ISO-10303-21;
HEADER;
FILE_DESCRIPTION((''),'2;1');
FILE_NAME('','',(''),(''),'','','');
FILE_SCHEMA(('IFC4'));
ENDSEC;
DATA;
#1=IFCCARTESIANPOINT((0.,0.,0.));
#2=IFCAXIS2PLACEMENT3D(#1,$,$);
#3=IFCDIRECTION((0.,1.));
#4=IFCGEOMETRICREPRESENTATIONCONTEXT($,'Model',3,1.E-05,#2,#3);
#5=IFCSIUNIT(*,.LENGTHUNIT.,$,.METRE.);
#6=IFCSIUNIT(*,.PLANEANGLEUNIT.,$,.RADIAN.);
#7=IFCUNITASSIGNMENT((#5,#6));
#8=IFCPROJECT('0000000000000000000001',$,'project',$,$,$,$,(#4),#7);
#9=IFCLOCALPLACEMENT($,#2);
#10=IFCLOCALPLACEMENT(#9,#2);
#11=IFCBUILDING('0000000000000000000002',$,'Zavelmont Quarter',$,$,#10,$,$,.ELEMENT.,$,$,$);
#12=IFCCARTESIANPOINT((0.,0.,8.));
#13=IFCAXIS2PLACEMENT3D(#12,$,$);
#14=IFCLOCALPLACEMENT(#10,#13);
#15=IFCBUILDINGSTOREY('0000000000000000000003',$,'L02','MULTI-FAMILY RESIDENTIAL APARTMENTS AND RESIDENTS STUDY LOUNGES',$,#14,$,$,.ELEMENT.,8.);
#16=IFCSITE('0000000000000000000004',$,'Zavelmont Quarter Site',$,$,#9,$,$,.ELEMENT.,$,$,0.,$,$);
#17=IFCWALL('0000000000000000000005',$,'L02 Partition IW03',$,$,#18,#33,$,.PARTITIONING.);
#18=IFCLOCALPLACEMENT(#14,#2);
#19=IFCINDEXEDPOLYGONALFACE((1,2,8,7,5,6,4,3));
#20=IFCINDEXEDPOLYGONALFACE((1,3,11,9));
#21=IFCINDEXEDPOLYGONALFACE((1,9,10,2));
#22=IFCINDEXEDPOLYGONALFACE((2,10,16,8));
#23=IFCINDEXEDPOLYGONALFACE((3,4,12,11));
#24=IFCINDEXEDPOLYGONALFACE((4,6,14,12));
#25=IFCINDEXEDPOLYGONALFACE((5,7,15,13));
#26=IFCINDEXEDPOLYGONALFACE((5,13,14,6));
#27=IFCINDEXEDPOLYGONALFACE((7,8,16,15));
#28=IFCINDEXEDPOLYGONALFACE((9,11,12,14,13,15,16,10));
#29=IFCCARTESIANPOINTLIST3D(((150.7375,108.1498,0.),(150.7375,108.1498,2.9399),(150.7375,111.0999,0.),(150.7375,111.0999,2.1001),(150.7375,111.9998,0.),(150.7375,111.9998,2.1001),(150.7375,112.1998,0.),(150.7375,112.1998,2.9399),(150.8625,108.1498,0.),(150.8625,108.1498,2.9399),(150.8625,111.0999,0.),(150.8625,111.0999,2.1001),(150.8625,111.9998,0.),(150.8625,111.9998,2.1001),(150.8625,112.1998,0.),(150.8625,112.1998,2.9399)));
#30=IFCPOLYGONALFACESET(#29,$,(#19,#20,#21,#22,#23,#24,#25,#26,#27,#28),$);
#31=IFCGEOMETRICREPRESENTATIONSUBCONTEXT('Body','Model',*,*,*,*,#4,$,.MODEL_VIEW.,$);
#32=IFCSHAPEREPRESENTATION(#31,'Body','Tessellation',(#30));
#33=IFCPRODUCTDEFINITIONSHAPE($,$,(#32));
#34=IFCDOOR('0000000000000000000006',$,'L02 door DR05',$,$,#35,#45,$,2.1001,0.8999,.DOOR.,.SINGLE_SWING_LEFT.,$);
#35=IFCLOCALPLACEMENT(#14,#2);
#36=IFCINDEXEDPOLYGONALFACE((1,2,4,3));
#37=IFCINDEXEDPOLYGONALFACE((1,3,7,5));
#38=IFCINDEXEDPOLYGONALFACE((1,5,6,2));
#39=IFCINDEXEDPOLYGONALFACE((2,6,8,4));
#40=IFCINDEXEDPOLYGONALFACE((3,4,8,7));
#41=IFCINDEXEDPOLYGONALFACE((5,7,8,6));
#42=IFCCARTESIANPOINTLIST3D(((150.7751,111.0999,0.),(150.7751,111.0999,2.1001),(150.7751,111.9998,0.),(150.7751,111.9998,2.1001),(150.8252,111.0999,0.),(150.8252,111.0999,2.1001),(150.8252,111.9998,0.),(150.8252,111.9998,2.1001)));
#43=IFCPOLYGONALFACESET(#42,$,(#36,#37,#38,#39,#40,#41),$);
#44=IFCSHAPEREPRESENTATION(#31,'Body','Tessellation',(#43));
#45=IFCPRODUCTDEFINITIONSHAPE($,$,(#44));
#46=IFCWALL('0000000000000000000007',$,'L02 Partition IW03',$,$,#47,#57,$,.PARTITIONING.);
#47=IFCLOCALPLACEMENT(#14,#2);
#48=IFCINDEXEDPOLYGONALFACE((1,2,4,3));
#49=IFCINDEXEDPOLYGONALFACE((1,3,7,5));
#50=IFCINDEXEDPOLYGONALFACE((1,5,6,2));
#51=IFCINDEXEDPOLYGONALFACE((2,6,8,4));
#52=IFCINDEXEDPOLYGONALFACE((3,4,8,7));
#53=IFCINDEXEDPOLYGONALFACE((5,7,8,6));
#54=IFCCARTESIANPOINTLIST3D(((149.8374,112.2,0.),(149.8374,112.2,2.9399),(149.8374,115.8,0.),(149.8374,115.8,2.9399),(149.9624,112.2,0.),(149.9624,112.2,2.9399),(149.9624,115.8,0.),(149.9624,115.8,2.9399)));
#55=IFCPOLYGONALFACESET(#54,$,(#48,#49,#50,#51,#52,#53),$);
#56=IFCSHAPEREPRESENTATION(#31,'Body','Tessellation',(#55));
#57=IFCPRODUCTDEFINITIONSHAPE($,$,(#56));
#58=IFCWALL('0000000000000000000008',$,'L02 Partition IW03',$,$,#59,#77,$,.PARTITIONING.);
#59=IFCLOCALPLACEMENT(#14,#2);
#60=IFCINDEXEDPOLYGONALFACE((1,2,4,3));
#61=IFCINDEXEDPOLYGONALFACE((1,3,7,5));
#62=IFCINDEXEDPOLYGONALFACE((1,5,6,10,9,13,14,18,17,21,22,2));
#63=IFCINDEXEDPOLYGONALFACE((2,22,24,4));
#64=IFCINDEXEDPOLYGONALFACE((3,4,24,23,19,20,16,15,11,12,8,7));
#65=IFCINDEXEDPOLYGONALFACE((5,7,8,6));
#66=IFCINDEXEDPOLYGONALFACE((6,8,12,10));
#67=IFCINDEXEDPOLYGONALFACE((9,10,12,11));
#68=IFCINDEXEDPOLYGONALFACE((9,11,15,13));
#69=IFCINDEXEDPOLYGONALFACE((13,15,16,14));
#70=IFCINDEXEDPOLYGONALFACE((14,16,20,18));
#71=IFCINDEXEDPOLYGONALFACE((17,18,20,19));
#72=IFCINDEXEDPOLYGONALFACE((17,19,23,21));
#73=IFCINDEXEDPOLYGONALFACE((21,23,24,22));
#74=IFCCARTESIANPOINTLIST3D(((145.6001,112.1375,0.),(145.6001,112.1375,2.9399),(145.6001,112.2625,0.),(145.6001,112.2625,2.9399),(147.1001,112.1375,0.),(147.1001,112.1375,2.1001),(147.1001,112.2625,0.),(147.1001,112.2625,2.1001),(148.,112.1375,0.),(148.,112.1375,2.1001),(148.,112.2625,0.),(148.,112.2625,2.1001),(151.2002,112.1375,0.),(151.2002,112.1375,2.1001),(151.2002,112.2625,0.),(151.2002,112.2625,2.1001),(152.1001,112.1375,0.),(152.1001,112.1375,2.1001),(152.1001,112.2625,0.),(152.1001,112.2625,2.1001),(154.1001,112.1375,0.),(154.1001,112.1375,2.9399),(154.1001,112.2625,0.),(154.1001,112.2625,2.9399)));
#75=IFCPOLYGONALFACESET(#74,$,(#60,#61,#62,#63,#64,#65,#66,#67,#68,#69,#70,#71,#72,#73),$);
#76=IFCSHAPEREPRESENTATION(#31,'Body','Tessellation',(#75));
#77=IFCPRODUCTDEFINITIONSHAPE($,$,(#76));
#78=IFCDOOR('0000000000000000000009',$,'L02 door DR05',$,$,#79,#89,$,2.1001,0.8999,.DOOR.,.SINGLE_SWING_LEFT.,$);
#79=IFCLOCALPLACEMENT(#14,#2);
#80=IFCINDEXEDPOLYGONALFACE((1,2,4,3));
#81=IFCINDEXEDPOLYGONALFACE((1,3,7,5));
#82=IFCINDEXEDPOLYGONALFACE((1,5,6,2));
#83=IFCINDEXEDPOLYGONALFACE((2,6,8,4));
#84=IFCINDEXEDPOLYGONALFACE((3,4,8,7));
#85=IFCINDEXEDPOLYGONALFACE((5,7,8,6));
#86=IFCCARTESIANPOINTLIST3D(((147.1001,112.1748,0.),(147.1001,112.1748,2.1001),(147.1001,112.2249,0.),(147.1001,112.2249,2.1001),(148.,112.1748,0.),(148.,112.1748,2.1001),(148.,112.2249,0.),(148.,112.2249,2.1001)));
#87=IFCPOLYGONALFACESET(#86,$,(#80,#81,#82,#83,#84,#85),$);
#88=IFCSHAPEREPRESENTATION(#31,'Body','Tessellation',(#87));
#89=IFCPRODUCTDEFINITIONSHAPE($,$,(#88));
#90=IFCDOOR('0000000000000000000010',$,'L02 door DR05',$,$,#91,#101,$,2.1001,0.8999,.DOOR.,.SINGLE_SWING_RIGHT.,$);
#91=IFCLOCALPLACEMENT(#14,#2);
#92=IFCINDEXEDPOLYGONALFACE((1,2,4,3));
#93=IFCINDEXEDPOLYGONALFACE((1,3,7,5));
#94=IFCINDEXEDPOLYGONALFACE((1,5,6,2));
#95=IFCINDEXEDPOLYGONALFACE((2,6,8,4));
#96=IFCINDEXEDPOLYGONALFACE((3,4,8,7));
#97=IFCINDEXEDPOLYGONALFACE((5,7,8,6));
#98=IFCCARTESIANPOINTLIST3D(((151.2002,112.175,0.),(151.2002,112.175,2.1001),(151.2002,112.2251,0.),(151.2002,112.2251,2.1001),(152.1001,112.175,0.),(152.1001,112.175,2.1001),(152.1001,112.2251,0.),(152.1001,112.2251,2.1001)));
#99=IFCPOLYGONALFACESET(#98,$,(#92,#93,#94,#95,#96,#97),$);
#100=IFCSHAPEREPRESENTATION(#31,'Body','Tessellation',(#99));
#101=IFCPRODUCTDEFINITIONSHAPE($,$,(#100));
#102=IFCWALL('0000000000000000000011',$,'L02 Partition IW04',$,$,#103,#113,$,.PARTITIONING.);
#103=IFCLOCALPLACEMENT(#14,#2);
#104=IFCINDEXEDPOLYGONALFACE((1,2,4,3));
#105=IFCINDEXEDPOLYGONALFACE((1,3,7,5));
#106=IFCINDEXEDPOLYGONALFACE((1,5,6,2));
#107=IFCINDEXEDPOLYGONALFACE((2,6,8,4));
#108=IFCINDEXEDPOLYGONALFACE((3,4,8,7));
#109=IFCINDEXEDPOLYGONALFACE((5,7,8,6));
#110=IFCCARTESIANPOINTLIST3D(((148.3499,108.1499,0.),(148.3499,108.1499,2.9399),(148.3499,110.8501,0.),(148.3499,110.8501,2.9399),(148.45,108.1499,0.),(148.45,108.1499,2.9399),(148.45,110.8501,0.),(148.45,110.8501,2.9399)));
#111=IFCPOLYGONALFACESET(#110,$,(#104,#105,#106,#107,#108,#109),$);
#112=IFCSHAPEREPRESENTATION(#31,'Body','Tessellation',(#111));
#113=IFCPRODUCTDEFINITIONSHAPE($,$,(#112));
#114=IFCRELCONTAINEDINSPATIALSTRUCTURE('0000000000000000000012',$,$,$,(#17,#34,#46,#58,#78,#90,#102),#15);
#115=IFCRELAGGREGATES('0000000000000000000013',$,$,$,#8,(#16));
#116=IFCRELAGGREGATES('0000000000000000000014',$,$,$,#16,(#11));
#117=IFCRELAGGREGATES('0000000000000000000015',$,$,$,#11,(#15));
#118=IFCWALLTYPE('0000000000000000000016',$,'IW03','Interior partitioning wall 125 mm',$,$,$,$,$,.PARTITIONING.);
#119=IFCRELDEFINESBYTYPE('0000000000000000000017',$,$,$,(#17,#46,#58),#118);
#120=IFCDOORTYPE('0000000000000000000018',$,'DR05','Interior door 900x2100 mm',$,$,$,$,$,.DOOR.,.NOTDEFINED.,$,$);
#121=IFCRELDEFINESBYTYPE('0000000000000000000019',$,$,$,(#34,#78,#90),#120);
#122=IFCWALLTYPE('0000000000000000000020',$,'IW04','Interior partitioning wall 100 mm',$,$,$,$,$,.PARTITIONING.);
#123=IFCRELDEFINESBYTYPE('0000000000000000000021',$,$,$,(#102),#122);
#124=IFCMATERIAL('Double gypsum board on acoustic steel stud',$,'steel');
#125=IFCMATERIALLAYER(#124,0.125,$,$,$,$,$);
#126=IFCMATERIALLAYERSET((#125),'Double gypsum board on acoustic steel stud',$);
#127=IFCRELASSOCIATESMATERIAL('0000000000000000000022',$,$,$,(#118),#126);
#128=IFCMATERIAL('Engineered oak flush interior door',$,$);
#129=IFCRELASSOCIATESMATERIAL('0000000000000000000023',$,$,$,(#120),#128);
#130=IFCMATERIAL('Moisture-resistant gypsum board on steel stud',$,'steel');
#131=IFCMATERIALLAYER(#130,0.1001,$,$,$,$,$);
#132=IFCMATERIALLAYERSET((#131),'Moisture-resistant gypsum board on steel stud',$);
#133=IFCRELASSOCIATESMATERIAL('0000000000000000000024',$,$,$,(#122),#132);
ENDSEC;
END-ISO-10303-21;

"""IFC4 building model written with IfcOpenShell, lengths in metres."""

from ifc_helpers import new_model, si_unit, direction, frame, frame_2d, origin, origin_with_axes, place, context, subcontext, project, spatial, rectangle, extrude, material, layer, layer_set, type_object, element, fill, save


model = new_model("IFC4")

# Units and contexts
model_context = context("Model", 3, precision=1e-05, world=origin(), true_north=direction((0.0, 1.0)))
body_context = subcontext(model_context, "Body", "Model", "MODEL_VIEW")
ifc_project = project(units=[si_unit("LENGTHUNIT", "METRE"), si_unit("PLANEANGLEUNIT", "RADIAN")], contexts=[model_context])

# Site, building, storey
site_placement = place(None, origin())
site = spatial("IfcSite", under=ifc_project, at=site_placement, Name="Zavelmont Quarter Site", CompositionType="ELEMENT", RefElevation=0.0)
building_placement = place(site_placement, origin())
building = spatial("IfcBuilding", under=site, at=building_placement, Name="Zavelmont Quarter", CompositionType="ELEMENT")
storey_placement = place(building_placement, frame((0.0, 0.0, 8.0)))
storey = spatial("IfcBuildingStorey", under=building, at=storey_placement, Name="L02", Description="MULTI-FAMILY RESIDENTIAL APARTMENTS AND RESIDENTS STUDY LOUNGES", CompositionType="ELEMENT", Elevation=8.0)

# Wall, opening, door
ifc_material_1 = material(Name="Double gypsum board on acoustic steel stud", Category="steel")
ifc_layer_1 = layer(ifc_material_1, 0.125)
ifc_layer_set_1 = layer_set([ifc_layer_1], Name="Double gypsum board on acoustic steel stud")
wall_type_1 = type_object("IfcWallType", Name="IW03", Description="Interior partitioning wall 125 mm", PredefinedType="PARTITIONING", material=ifc_layer_set_1)
ifc_material_2 = material(Name="Engineered oak flush interior door")
door_type_1 = type_object("IfcDoorType", Name="DR05", Description="Interior door 900x2100 mm", OperationType="NOTDEFINED", PredefinedType="DOOR", material=ifc_material_2)
wall_1_placement = place(storey_placement, frame((150.8, 108.1499, 0.0), z_axis=(0.0, 0.0, 1.0), x_axis=(0.0, 1.0, 0.0)))
wall_1 = element("IfcWall", 1, at=wall_1_placement, inside=storey, type_object=wall_type_1, Name="L02 Partition IW03", PredefinedType="PARTITIONING", context=body_context, shape_type="SweptSolid", body=[
    extrude(rectangle(XDim=4.05, YDim=0.125, at=frame_2d((2.0249, 0.0))), origin(), (0.0, 0.0, 1.0), 2.9399),
])
opening_1_placement = place(wall_1_placement, frame((2.95, 0.0, 0.0)))
opening_1 = element("IfcOpeningElement", 2, at=opening_1_placement, cuts=wall_1, PredefinedType="OPENING", context=body_context, shape_type="SweptSolid", body=[
    extrude(rectangle(XDim=0.8999, YDim=2.1001, at=frame_2d((0.45, 1.05))), frame((0.0, 0.0745, 0.0), z_axis=(0.0, -1.0, 0.0), x_axis=(1.0, 0.0, 0.0)), (0.0, 0.0, 1.0), 0.1489),
])
door_1_placement = place(opening_1_placement, origin_with_axes())
door_1 = element("IfcDoor", 3, at=door_1_placement, inside=storey, type_object=door_type_1, Name="L02 door DR05", OperationType="SINGLE_SWING_LEFT", OverallHeight=2.1001, OverallWidth=0.8999, PredefinedType="DOOR", context=body_context, shape_type="SweptSolid", body=[
    extrude(rectangle(XDim=0.8999, YDim=2.1001, at=frame_2d((0.45, 1.05))), frame((0.0, 0.0249, 0.0), z_axis=(0.0, -1.0, 0.0), x_axis=(1.0, 0.0, 0.0)), (0.0, 0.0, 1.0), 0.05),
])
fill(opening_1, door_1)

# Wall
wall_2_placement = place(storey_placement, frame((149.8999, 112.2, 0.0), z_axis=(0.0, 0.0, 1.0), x_axis=(0.0, 1.0, 0.0)))
element("IfcWall", 4, at=wall_2_placement, inside=storey, type_object=wall_type_1, Name="L02 Partition IW03", PredefinedType="PARTITIONING", context=body_context, shape_type="SweptSolid", body=[
    extrude(rectangle(XDim=3.6001, YDim=0.125, at=frame_2d((1.8, 0.0))), origin(), (0.0, 0.0, 1.0), 2.9399),
])

# Wall, openings, doors
wall_3_placement = place(storey_placement, frame((145.6001, 112.2, 0.0), z_axis=(0.0, 0.0, 1.0), x_axis=(1.0, 0.0, 0.0)))
wall_3 = element("IfcWall", 5, at=wall_3_placement, inside=storey, type_object=wall_type_1, Name="L02 Partition IW03", PredefinedType="PARTITIONING", context=body_context, shape_type="SweptSolid", body=[
    extrude(rectangle(XDim=8.5, YDim=0.125, at=frame_2d((4.25, 0.0))), origin(), (0.0, 0.0, 1.0), 2.9399),
])
opening_2_placement = place(wall_3_placement, frame((1.5, 0.0, 0.0)))
opening_2 = element("IfcOpeningElement", 6, at=opening_2_placement, cuts=wall_3, PredefinedType="OPENING", context=body_context, shape_type="SweptSolid", body=[
    extrude(rectangle(XDim=0.8999, YDim=2.1001, at=frame_2d((0.45, 1.05))), frame((0.0, 0.0745, 0.0), z_axis=(0.0, -1.0, 0.0), x_axis=(1.0, 0.0, 0.0)), (0.0, 0.0, 1.0), 0.1489),
])
opening_3_placement = place(wall_3_placement, frame((5.6001, 0.0, 0.0)))
opening_3 = element("IfcOpeningElement", 7, at=opening_3_placement, cuts=wall_3, PredefinedType="OPENING", context=body_context, shape_type="SweptSolid", body=[
    extrude(rectangle(XDim=0.8999, YDim=2.1001, at=frame_2d((0.45, 1.05))), frame((0.0, 0.0745, 0.0), z_axis=(0.0, -1.0, 0.0), x_axis=(1.0, 0.0, 0.0)), (0.0, 0.0, 1.0), 0.1489),
])
door_2_placement = place(opening_2_placement, origin_with_axes())
door_2 = element("IfcDoor", 8, at=door_2_placement, inside=storey, type_object=door_type_1, Name="L02 door DR05", OperationType="SINGLE_SWING_LEFT", OverallHeight=2.1001, OverallWidth=0.8999, PredefinedType="DOOR", context=body_context, shape_type="SweptSolid", body=[
    extrude(rectangle(XDim=0.8999, YDim=2.1001, at=frame_2d((0.45, 1.05))), frame((0.0, 0.0249, 0.0), z_axis=(0.0, -1.0, 0.0), x_axis=(1.0, 0.0, 0.0)), (0.0, 0.0, 1.0), 0.05),
])
fill(opening_2, door_2)
door_3_placement = place(opening_3_placement, frame((0.8999, 0.0, 0.0), z_axis=(0.0, 0.0, 1.0), x_axis=(-1.0, 0.0, 0.0)))
door_3 = element("IfcDoor", 9, at=door_3_placement, inside=storey, type_object=door_type_1, Name="L02 door DR05", OperationType="SINGLE_SWING_RIGHT", OverallHeight=2.1001, OverallWidth=0.8999, PredefinedType="DOOR", context=body_context, shape_type="SweptSolid", body=[
    extrude(rectangle(XDim=0.8999, YDim=2.1001, at=frame_2d((0.45, 1.05))), frame((0.0, 0.0249, 0.0), z_axis=(0.0, -1.0, 0.0), x_axis=(1.0, 0.0, 0.0)), (0.0, 0.0, 1.0), 0.05),
])
fill(opening_3, door_3)

# Wall
ifc_material_3 = material(Name="Moisture-resistant gypsum board on steel stud", Category="steel")
ifc_layer_2 = layer(ifc_material_3, 0.1001)
ifc_layer_set_2 = layer_set([ifc_layer_2], Name="Moisture-resistant gypsum board on steel stud")
wall_type_2 = type_object("IfcWallType", Name="IW04", Description="Interior partitioning wall 100 mm", PredefinedType="PARTITIONING", material=ifc_layer_set_2)
wall_4_placement = place(storey_placement, frame((148.3999, 108.1499, 0.0), z_axis=(0.0, 0.0, 1.0), x_axis=(0.0, 1.0, 0.0)))
element("IfcWall", 10, at=wall_4_placement, inside=storey, type_object=wall_type_2, Name="L02 Partition IW04", PredefinedType="PARTITIONING", context=body_context, shape_type="SweptSolid", body=[
    extrude(rectangle(XDim=2.7002, YDim=0.1001, at=frame_2d((1.3501, 0.0))), origin(), (0.0, 0.0, 1.0), 2.9399),
])

save(model, "model.ifc")
